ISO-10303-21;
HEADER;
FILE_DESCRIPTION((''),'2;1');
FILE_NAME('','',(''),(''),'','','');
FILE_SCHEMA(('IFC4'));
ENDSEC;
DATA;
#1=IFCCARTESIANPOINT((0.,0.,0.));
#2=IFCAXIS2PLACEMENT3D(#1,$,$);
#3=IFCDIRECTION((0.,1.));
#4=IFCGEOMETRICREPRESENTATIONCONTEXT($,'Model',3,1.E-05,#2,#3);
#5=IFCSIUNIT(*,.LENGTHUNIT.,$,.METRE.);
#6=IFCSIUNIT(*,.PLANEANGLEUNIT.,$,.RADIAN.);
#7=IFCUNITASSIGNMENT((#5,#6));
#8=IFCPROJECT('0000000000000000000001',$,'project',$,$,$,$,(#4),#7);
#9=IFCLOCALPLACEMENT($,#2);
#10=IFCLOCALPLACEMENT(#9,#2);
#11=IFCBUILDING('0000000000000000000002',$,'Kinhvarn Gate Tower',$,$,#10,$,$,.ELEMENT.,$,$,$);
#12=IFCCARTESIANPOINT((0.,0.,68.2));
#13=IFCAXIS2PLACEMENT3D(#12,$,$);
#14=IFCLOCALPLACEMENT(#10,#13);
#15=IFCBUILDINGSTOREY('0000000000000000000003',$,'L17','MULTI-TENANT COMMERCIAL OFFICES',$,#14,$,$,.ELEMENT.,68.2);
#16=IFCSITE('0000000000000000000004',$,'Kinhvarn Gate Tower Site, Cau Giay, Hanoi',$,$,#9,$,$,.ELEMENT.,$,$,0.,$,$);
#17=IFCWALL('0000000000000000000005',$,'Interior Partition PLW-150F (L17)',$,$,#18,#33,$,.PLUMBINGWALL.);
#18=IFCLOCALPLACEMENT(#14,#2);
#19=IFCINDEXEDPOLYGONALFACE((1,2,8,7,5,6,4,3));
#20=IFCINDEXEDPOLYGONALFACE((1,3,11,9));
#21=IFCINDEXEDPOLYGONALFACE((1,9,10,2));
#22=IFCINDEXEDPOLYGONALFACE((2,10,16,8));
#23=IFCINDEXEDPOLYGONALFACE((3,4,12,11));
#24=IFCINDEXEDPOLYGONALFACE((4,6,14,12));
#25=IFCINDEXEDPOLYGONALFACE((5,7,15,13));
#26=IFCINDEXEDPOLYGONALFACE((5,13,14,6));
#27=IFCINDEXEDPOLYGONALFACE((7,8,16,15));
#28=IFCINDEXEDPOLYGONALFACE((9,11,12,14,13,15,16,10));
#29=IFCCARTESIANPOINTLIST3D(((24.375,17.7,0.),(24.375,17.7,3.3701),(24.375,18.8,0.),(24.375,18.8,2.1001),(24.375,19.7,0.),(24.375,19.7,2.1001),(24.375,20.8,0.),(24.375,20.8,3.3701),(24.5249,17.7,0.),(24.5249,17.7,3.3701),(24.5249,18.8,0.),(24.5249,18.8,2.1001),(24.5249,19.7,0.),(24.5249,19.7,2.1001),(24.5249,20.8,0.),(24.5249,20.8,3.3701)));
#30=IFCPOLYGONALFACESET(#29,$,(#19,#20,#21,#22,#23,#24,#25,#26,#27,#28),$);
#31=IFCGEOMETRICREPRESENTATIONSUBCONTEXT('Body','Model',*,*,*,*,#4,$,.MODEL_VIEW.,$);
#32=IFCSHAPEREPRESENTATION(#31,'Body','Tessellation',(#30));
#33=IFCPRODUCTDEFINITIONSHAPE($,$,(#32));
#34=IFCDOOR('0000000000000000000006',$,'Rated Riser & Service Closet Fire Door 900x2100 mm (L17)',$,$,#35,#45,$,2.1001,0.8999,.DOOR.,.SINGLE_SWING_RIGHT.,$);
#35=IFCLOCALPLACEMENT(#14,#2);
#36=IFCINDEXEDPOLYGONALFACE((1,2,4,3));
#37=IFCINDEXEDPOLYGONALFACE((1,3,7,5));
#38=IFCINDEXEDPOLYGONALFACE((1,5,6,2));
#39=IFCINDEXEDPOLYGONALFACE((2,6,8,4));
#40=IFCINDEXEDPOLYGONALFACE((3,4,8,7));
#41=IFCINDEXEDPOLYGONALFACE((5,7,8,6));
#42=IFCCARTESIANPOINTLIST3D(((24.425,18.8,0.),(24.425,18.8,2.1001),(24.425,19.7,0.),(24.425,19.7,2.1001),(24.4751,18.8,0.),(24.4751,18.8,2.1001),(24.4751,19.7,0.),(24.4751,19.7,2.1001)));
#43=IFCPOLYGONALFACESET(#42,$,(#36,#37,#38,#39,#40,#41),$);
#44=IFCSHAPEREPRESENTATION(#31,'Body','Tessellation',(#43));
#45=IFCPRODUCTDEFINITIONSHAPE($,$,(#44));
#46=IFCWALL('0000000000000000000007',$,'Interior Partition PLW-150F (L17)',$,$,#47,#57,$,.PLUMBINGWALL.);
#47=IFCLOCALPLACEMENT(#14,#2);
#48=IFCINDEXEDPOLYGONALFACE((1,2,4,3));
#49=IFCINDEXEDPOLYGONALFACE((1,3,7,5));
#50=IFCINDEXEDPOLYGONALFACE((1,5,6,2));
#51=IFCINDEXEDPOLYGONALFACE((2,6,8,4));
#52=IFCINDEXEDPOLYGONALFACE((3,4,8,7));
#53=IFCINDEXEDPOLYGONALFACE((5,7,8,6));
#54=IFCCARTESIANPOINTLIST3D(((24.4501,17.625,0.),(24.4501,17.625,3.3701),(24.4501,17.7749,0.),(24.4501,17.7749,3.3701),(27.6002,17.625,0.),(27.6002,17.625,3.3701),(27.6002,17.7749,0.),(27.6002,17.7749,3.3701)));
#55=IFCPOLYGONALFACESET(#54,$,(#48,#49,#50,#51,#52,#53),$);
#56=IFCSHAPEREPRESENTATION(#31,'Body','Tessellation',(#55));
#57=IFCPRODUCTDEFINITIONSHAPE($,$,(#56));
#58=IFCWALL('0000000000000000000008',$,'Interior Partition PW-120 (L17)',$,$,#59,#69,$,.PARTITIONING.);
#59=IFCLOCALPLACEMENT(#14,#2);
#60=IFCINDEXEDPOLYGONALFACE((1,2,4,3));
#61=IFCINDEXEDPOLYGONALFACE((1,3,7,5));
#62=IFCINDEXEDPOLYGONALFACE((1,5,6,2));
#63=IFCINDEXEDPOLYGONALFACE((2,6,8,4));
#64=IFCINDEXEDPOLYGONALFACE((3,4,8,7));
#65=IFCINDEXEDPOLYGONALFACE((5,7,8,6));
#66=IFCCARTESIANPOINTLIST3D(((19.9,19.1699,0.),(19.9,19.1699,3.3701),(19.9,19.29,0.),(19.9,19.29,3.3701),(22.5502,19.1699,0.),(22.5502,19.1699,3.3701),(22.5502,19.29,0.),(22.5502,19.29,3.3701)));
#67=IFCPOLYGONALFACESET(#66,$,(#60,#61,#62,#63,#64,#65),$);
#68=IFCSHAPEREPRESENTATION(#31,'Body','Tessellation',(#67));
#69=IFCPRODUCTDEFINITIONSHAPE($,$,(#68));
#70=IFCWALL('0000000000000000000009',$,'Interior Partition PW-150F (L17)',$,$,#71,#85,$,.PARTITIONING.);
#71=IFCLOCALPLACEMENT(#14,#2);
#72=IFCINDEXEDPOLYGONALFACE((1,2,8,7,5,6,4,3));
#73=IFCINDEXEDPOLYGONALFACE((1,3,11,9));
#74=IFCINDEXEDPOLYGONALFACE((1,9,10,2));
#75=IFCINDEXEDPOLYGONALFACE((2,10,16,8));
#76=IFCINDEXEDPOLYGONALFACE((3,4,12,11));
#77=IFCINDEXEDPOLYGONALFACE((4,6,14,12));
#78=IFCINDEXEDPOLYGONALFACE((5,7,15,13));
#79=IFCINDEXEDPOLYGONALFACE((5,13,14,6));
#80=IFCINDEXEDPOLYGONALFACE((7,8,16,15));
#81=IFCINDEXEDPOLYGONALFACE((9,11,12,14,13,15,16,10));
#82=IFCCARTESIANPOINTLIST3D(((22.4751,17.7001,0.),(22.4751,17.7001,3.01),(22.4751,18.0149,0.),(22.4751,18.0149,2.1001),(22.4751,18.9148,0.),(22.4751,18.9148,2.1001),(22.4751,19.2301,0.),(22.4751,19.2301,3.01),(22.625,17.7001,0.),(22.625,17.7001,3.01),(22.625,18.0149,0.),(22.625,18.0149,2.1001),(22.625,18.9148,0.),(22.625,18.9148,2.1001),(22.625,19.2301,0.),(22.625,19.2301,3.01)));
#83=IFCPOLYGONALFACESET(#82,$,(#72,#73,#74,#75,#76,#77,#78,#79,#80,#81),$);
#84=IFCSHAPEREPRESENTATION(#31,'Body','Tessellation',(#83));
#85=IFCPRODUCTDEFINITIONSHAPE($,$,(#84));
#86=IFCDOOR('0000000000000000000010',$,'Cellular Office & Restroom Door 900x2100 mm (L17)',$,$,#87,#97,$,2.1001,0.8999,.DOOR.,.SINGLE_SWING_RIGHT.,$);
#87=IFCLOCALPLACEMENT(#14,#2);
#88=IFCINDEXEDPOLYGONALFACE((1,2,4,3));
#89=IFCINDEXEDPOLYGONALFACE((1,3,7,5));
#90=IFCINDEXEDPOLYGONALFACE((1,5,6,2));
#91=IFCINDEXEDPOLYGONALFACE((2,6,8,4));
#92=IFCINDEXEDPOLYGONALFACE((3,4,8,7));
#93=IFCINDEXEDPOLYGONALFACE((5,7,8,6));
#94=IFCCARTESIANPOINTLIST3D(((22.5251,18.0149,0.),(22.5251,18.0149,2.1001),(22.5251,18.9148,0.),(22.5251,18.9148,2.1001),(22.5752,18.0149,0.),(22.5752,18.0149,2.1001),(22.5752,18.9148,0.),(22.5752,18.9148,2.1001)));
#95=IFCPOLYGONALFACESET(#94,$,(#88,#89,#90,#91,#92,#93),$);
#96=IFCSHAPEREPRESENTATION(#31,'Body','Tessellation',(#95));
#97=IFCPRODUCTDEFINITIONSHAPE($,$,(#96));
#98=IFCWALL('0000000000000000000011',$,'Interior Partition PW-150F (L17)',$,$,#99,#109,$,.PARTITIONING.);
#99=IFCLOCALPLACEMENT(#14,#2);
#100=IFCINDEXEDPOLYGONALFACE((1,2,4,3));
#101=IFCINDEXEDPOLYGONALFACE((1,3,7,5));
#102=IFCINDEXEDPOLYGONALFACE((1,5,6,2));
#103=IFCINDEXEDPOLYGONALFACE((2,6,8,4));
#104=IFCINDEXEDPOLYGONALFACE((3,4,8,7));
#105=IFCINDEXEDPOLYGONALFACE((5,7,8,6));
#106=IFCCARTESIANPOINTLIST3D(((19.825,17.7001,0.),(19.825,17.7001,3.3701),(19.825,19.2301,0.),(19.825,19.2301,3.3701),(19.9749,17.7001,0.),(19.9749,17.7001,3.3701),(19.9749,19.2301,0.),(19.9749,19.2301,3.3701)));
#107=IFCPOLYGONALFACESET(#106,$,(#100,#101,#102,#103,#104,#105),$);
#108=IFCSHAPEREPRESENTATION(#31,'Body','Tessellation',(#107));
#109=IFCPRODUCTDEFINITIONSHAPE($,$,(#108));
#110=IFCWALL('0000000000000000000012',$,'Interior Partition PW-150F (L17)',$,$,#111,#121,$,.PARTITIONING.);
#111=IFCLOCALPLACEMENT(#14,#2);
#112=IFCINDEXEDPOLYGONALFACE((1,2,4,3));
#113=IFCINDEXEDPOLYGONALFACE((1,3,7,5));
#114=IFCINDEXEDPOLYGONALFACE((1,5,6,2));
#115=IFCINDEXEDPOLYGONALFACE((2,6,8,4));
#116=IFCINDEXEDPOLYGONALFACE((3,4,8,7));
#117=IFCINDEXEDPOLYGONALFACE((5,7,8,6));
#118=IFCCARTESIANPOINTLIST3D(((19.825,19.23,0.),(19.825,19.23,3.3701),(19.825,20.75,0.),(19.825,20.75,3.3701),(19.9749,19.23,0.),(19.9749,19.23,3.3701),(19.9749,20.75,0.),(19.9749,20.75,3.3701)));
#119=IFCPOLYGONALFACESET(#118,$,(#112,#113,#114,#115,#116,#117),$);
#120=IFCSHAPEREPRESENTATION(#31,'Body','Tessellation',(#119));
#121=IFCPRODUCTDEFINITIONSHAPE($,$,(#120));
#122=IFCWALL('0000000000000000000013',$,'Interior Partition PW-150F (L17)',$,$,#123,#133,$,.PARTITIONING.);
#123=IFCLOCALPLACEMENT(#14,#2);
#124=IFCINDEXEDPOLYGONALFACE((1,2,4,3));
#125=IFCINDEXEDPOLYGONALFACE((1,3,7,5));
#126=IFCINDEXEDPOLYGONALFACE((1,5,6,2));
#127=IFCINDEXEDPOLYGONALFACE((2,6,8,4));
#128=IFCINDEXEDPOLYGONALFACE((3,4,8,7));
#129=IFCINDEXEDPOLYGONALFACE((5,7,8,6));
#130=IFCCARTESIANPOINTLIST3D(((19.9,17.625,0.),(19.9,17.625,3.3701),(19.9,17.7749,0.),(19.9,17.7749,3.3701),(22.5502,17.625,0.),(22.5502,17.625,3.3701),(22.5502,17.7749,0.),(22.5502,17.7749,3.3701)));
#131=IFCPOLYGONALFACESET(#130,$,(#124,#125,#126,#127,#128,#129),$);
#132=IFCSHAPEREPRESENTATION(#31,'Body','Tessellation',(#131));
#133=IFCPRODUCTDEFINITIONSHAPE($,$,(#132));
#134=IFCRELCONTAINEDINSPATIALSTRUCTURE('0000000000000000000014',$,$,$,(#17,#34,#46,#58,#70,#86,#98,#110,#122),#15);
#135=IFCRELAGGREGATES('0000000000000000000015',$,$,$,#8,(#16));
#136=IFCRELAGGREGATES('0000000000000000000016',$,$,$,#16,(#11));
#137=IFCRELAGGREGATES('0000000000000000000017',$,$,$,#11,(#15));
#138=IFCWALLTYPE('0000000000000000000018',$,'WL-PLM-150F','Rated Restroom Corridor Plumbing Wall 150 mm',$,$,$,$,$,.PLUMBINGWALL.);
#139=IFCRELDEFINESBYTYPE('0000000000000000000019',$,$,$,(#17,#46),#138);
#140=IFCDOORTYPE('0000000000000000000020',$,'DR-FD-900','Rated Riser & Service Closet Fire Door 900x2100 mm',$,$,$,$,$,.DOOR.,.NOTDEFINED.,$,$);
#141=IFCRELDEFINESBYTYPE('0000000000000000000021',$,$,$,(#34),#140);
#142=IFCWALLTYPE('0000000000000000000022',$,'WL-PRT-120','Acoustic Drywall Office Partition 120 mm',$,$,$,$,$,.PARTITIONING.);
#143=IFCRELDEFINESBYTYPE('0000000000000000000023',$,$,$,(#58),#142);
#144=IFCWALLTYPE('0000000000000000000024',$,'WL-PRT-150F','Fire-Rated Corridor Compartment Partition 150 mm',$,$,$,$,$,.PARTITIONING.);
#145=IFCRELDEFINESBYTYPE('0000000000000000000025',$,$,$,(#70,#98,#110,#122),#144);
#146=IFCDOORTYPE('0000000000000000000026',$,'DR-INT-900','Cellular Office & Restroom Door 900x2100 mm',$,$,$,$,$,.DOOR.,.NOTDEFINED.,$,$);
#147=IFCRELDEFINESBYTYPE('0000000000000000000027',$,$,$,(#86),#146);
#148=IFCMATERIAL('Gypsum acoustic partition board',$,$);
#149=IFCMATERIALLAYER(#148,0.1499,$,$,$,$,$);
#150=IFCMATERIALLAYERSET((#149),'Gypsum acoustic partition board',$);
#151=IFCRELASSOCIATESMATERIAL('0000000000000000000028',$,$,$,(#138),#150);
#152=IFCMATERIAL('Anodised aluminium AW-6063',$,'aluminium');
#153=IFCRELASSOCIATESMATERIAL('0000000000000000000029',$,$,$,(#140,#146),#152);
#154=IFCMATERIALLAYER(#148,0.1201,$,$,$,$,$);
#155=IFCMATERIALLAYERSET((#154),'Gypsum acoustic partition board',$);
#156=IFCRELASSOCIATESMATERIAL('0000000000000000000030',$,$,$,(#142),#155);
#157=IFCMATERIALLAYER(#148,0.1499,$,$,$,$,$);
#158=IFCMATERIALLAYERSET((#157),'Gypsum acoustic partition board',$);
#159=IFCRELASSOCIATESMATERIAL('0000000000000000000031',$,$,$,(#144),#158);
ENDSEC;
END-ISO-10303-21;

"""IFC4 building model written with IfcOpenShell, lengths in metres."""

from ifc_helpers import new_model, si_unit, direction, frame, frame_2d, origin, place, context, subcontext, project, spatial, rectangle, extrude, material, layer, layer_set, type_object, element, fill, save


model = new_model("IFC4")

# Units and contexts
model_context = context("Model", 3, precision=1e-05, world=origin(), true_north=direction((0.0, 1.0)))
body_context = subcontext(model_context, "Body", "Model", "MODEL_VIEW")
ifc_project = project(units=[si_unit("LENGTHUNIT", "METRE"), si_unit("PLANEANGLEUNIT", "RADIAN")], contexts=[model_context])

# Site, building, storey
site_placement = place(None, origin())
site = spatial("IfcSite", under=ifc_project, at=site_placement, Name="Kinhvarn Gate Tower Site, Cau Giay, Hanoi", CompositionType="ELEMENT", RefElevation=0.0)
building_placement = place(site_placement, origin())
building = spatial("IfcBuilding", under=site, at=building_placement, Name="Kinhvarn Gate Tower", CompositionType="ELEMENT")
storey_placement = place(building_placement, frame((0.0, 0.0, 68.2)))
storey = spatial("IfcBuildingStorey", under=building, at=storey_placement, Name="L17", Description="MULTI-TENANT COMMERCIAL OFFICES", CompositionType="ELEMENT", Elevation=68.2)

# Wall, opening, door
ifc_material_1 = material(Name="Gypsum acoustic partition board")
ifc_layer_1 = layer(ifc_material_1, 0.1499)
ifc_layer_set_1 = layer_set([ifc_layer_1], Name="Gypsum acoustic partition board")
wall_type_1 = type_object("IfcWallType", Name="WL-PLM-150F", Description="Rated Restroom Corridor Plumbing Wall 150 mm", PredefinedType="PLUMBINGWALL", material=ifc_layer_set_1)
wall_1_placement = place(storey_placement, frame((24.45, 17.7, 0.0), z_axis=(0.0, 0.0, 1.0), x_axis=(0.0, 1.0, 0.0)))
wall_1 = element("IfcWall", 1, at=wall_1_placement, inside=storey, type_object=wall_type_1, Name="Interior Partition PLW-150F (L17)", PredefinedType="PLUMBINGWALL", context=body_context, shape_type="SweptSolid", body=[
    extrude(rectangle(XDim=3.1001, YDim=0.1499, at=frame_2d((1.55, 0.0))), origin(), (0.0, 0.0, 1.0), 3.3701),
])
opening_1_placement = place(wall_1_placement, frame((1.1001, 0.0, 0.0)))
opening_1 = element("IfcOpeningElement", 2, at=opening_1_placement, cuts=wall_1, PredefinedType="OPENING", context=body_context, shape_type="SweptSolid", body=[
    extrude(rectangle(XDim=0.8999, YDim=2.1001, at=frame_2d((0.45, 1.05))), frame((0.0, 0.085, 0.0), z_axis=(0.0, -1.0, 0.0), x_axis=(1.0, 0.0, 0.0)), (0.0, 0.0, 1.0), 0.1699),
])
ifc_material_2 = material(Name="Anodised aluminium AW-6063", Category="aluminium")
door_type_1 = type_object("IfcDoorType", Name="DR-FD-900", Description="Rated Riser & Service Closet Fire Door 900x2100 mm", OperationType="NOTDEFINED", PredefinedType="DOOR", material=ifc_material_2)
door_1_placement = place(opening_1_placement, origin())
door_1 = element("IfcDoor", 3, at=door_1_placement, inside=storey, type_object=door_type_1, Name="Rated Riser & Service Closet Fire Door 900x2100 mm (L17)", OperationType="SINGLE_SWING_RIGHT", OverallHeight=2.1001, OverallWidth=0.8999, PredefinedType="DOOR", context=body_context, shape_type="SweptSolid", body=[
    extrude(rectangle(XDim=0.8999, YDim=2.1001, at=frame_2d((0.45, 1.05))), frame((0.0, 0.0249, 0.0), z_axis=(0.0, -1.0, 0.0), x_axis=(1.0, 0.0, 0.0)), (0.0, 0.0, 1.0), 0.05),
])
fill(opening_1, door_1)

# Walls
wall_2_placement = place(storey_placement, frame((24.45, 17.7, 0.0), z_axis=(0.0, 0.0, 1.0), x_axis=(1.0, 0.0, 0.0)))
element("IfcWall", 4, at=wall_2_placement, inside=storey, type_object=wall_type_1, Name="Interior Partition PLW-150F (L17)", PredefinedType="PLUMBINGWALL", context=body_context, shape_type="SweptSolid", body=[
    extrude(rectangle(XDim=3.1501, YDim=0.1499, at=frame_2d((1.5752, 0.0))), origin(), (0.0, 0.0, 1.0), 3.3701),
])
ifc_layer_2 = layer(ifc_material_1, 0.1201)
ifc_layer_set_2 = layer_set([ifc_layer_2], Name="Gypsum acoustic partition board")
wall_type_2 = type_object("IfcWallType", Name="WL-PRT-120", Description="Acoustic Drywall Office Partition 120 mm", PredefinedType="PARTITIONING", material=ifc_layer_set_2)
wall_3_placement = place(storey_placement, frame((19.8999, 19.23, 0.0), z_axis=(0.0, 0.0, 1.0), x_axis=(1.0, 0.0, 0.0)))
element("IfcWall", 5, at=wall_3_placement, inside=storey, type_object=wall_type_2, Name="Interior Partition PW-120 (L17)", PredefinedType="PARTITIONING", context=body_context, shape_type="SweptSolid", body=[
    extrude(rectangle(XDim=2.6501, YDim=0.1201, at=frame_2d((1.3252, 0.0))), origin(), (0.0, 0.0, 1.0), 3.3701),
])

# Wall, opening, door
ifc_layer_3 = layer(ifc_material_1, 0.1499)
ifc_layer_set_3 = layer_set([ifc_layer_3], Name="Gypsum acoustic partition board")
wall_type_3 = type_object("IfcWallType", Name="WL-PRT-150F", Description="Fire-Rated Corridor Compartment Partition 150 mm", PredefinedType="PARTITIONING", material=ifc_layer_set_3)
wall_4_placement = place(storey_placement, frame((22.55, 17.7, 0.0), z_axis=(0.0, 0.0, 1.0), x_axis=(0.0, 1.0, 0.0)))
wall_4 = element("IfcWall", 6, at=wall_4_placement, inside=storey, type_object=wall_type_3, Name="Interior Partition PW-150F (L17)", PredefinedType="PARTITIONING", context=body_context, shape_type="SweptSolid", body=[
    extrude(rectangle(XDim=1.53, YDim=0.1499, at=frame_2d((0.7651, 0.0))), origin(), (0.0, 0.0, 1.0), 3.01),
])
opening_2_placement = place(wall_4_placement, frame((0.3149, 0.0, 0.0)))
opening_2 = element("IfcOpeningElement", 7, at=opening_2_placement, cuts=wall_4, PredefinedType="OPENING", context=body_context, shape_type="SweptSolid", body=[
    extrude(rectangle(XDim=0.8999, YDim=2.1001, at=frame_2d((0.45, 1.05))), frame((0.0, 0.085, 0.0), z_axis=(0.0, -1.0, 0.0), x_axis=(1.0, 0.0, 0.0)), (0.0, 0.0, 1.0), 0.1699),
])
door_type_2 = type_object("IfcDoorType", Name="DR-INT-900", Description="Cellular Office & Restroom Door 900x2100 mm", OperationType="NOTDEFINED", PredefinedType="DOOR", material=ifc_material_2)
door_2_placement = place(opening_2_placement, origin())
door_2 = element("IfcDoor", 8, at=door_2_placement, inside=storey, type_object=door_type_2, Name="Cellular Office & Restroom Door 900x2100 mm (L17)", OperationType="SINGLE_SWING_RIGHT", OverallHeight=2.1001, OverallWidth=0.8999, PredefinedType="DOOR", context=body_context, shape_type="SweptSolid", body=[
    extrude(rectangle(XDim=0.8999, YDim=2.1001, at=frame_2d((0.45, 1.05))), frame((0.0, 0.0249, 0.0), z_axis=(0.0, -1.0, 0.0), x_axis=(1.0, 0.0, 0.0)), (0.0, 0.0, 1.0), 0.05),
])
fill(opening_2, door_2)

# Walls
wall_5_placement = place(storey_placement, frame((19.8999, 17.7, 0.0), z_axis=(0.0, 0.0, 1.0), x_axis=(0.0, 1.0, 0.0)))
element("IfcWall", 9, at=wall_5_placement, inside=storey, type_object=wall_type_3, Name="Interior Partition PW-150F (L17)", PredefinedType="PARTITIONING", context=body_context, shape_type="SweptSolid", body=[
    extrude(rectangle(XDim=1.53, YDim=0.1499, at=frame_2d((0.7651, 0.0))), origin(), (0.0, 0.0, 1.0), 3.3701),
])
wall_6_placement = place(storey_placement, frame((19.8999, 19.23, 0.0), z_axis=(0.0, 0.0, 1.0), x_axis=(0.0, 1.0, 0.0)))
element("IfcWall", 10, at=wall_6_placement, inside=storey, type_object=wall_type_3, Name="Interior Partition PW-150F (L17)", PredefinedType="PARTITIONING", context=body_context, shape_type="SweptSolid", body=[
    extrude(rectangle(XDim=1.52, YDim=0.1499, at=frame_2d((0.76, 0.0))), origin(), (0.0, 0.0, 1.0), 3.3701),
])
wall_7_placement = place(storey_placement, frame((19.8999, 17.7, 0.0), z_axis=(0.0, 0.0, 1.0), x_axis=(1.0, 0.0, 0.0)))
element("IfcWall", 11, at=wall_7_placement, inside=storey, type_object=wall_type_3, Name="Interior Partition PW-150F (L17)", PredefinedType="PARTITIONING", context=body_context, shape_type="SweptSolid", body=[
    extrude(rectangle(XDim=2.6501, YDim=0.1499, at=frame_2d((1.3252, 0.0))), origin(), (0.0, 0.0, 1.0), 3.3701),
])

save(model, "model.ifc")
